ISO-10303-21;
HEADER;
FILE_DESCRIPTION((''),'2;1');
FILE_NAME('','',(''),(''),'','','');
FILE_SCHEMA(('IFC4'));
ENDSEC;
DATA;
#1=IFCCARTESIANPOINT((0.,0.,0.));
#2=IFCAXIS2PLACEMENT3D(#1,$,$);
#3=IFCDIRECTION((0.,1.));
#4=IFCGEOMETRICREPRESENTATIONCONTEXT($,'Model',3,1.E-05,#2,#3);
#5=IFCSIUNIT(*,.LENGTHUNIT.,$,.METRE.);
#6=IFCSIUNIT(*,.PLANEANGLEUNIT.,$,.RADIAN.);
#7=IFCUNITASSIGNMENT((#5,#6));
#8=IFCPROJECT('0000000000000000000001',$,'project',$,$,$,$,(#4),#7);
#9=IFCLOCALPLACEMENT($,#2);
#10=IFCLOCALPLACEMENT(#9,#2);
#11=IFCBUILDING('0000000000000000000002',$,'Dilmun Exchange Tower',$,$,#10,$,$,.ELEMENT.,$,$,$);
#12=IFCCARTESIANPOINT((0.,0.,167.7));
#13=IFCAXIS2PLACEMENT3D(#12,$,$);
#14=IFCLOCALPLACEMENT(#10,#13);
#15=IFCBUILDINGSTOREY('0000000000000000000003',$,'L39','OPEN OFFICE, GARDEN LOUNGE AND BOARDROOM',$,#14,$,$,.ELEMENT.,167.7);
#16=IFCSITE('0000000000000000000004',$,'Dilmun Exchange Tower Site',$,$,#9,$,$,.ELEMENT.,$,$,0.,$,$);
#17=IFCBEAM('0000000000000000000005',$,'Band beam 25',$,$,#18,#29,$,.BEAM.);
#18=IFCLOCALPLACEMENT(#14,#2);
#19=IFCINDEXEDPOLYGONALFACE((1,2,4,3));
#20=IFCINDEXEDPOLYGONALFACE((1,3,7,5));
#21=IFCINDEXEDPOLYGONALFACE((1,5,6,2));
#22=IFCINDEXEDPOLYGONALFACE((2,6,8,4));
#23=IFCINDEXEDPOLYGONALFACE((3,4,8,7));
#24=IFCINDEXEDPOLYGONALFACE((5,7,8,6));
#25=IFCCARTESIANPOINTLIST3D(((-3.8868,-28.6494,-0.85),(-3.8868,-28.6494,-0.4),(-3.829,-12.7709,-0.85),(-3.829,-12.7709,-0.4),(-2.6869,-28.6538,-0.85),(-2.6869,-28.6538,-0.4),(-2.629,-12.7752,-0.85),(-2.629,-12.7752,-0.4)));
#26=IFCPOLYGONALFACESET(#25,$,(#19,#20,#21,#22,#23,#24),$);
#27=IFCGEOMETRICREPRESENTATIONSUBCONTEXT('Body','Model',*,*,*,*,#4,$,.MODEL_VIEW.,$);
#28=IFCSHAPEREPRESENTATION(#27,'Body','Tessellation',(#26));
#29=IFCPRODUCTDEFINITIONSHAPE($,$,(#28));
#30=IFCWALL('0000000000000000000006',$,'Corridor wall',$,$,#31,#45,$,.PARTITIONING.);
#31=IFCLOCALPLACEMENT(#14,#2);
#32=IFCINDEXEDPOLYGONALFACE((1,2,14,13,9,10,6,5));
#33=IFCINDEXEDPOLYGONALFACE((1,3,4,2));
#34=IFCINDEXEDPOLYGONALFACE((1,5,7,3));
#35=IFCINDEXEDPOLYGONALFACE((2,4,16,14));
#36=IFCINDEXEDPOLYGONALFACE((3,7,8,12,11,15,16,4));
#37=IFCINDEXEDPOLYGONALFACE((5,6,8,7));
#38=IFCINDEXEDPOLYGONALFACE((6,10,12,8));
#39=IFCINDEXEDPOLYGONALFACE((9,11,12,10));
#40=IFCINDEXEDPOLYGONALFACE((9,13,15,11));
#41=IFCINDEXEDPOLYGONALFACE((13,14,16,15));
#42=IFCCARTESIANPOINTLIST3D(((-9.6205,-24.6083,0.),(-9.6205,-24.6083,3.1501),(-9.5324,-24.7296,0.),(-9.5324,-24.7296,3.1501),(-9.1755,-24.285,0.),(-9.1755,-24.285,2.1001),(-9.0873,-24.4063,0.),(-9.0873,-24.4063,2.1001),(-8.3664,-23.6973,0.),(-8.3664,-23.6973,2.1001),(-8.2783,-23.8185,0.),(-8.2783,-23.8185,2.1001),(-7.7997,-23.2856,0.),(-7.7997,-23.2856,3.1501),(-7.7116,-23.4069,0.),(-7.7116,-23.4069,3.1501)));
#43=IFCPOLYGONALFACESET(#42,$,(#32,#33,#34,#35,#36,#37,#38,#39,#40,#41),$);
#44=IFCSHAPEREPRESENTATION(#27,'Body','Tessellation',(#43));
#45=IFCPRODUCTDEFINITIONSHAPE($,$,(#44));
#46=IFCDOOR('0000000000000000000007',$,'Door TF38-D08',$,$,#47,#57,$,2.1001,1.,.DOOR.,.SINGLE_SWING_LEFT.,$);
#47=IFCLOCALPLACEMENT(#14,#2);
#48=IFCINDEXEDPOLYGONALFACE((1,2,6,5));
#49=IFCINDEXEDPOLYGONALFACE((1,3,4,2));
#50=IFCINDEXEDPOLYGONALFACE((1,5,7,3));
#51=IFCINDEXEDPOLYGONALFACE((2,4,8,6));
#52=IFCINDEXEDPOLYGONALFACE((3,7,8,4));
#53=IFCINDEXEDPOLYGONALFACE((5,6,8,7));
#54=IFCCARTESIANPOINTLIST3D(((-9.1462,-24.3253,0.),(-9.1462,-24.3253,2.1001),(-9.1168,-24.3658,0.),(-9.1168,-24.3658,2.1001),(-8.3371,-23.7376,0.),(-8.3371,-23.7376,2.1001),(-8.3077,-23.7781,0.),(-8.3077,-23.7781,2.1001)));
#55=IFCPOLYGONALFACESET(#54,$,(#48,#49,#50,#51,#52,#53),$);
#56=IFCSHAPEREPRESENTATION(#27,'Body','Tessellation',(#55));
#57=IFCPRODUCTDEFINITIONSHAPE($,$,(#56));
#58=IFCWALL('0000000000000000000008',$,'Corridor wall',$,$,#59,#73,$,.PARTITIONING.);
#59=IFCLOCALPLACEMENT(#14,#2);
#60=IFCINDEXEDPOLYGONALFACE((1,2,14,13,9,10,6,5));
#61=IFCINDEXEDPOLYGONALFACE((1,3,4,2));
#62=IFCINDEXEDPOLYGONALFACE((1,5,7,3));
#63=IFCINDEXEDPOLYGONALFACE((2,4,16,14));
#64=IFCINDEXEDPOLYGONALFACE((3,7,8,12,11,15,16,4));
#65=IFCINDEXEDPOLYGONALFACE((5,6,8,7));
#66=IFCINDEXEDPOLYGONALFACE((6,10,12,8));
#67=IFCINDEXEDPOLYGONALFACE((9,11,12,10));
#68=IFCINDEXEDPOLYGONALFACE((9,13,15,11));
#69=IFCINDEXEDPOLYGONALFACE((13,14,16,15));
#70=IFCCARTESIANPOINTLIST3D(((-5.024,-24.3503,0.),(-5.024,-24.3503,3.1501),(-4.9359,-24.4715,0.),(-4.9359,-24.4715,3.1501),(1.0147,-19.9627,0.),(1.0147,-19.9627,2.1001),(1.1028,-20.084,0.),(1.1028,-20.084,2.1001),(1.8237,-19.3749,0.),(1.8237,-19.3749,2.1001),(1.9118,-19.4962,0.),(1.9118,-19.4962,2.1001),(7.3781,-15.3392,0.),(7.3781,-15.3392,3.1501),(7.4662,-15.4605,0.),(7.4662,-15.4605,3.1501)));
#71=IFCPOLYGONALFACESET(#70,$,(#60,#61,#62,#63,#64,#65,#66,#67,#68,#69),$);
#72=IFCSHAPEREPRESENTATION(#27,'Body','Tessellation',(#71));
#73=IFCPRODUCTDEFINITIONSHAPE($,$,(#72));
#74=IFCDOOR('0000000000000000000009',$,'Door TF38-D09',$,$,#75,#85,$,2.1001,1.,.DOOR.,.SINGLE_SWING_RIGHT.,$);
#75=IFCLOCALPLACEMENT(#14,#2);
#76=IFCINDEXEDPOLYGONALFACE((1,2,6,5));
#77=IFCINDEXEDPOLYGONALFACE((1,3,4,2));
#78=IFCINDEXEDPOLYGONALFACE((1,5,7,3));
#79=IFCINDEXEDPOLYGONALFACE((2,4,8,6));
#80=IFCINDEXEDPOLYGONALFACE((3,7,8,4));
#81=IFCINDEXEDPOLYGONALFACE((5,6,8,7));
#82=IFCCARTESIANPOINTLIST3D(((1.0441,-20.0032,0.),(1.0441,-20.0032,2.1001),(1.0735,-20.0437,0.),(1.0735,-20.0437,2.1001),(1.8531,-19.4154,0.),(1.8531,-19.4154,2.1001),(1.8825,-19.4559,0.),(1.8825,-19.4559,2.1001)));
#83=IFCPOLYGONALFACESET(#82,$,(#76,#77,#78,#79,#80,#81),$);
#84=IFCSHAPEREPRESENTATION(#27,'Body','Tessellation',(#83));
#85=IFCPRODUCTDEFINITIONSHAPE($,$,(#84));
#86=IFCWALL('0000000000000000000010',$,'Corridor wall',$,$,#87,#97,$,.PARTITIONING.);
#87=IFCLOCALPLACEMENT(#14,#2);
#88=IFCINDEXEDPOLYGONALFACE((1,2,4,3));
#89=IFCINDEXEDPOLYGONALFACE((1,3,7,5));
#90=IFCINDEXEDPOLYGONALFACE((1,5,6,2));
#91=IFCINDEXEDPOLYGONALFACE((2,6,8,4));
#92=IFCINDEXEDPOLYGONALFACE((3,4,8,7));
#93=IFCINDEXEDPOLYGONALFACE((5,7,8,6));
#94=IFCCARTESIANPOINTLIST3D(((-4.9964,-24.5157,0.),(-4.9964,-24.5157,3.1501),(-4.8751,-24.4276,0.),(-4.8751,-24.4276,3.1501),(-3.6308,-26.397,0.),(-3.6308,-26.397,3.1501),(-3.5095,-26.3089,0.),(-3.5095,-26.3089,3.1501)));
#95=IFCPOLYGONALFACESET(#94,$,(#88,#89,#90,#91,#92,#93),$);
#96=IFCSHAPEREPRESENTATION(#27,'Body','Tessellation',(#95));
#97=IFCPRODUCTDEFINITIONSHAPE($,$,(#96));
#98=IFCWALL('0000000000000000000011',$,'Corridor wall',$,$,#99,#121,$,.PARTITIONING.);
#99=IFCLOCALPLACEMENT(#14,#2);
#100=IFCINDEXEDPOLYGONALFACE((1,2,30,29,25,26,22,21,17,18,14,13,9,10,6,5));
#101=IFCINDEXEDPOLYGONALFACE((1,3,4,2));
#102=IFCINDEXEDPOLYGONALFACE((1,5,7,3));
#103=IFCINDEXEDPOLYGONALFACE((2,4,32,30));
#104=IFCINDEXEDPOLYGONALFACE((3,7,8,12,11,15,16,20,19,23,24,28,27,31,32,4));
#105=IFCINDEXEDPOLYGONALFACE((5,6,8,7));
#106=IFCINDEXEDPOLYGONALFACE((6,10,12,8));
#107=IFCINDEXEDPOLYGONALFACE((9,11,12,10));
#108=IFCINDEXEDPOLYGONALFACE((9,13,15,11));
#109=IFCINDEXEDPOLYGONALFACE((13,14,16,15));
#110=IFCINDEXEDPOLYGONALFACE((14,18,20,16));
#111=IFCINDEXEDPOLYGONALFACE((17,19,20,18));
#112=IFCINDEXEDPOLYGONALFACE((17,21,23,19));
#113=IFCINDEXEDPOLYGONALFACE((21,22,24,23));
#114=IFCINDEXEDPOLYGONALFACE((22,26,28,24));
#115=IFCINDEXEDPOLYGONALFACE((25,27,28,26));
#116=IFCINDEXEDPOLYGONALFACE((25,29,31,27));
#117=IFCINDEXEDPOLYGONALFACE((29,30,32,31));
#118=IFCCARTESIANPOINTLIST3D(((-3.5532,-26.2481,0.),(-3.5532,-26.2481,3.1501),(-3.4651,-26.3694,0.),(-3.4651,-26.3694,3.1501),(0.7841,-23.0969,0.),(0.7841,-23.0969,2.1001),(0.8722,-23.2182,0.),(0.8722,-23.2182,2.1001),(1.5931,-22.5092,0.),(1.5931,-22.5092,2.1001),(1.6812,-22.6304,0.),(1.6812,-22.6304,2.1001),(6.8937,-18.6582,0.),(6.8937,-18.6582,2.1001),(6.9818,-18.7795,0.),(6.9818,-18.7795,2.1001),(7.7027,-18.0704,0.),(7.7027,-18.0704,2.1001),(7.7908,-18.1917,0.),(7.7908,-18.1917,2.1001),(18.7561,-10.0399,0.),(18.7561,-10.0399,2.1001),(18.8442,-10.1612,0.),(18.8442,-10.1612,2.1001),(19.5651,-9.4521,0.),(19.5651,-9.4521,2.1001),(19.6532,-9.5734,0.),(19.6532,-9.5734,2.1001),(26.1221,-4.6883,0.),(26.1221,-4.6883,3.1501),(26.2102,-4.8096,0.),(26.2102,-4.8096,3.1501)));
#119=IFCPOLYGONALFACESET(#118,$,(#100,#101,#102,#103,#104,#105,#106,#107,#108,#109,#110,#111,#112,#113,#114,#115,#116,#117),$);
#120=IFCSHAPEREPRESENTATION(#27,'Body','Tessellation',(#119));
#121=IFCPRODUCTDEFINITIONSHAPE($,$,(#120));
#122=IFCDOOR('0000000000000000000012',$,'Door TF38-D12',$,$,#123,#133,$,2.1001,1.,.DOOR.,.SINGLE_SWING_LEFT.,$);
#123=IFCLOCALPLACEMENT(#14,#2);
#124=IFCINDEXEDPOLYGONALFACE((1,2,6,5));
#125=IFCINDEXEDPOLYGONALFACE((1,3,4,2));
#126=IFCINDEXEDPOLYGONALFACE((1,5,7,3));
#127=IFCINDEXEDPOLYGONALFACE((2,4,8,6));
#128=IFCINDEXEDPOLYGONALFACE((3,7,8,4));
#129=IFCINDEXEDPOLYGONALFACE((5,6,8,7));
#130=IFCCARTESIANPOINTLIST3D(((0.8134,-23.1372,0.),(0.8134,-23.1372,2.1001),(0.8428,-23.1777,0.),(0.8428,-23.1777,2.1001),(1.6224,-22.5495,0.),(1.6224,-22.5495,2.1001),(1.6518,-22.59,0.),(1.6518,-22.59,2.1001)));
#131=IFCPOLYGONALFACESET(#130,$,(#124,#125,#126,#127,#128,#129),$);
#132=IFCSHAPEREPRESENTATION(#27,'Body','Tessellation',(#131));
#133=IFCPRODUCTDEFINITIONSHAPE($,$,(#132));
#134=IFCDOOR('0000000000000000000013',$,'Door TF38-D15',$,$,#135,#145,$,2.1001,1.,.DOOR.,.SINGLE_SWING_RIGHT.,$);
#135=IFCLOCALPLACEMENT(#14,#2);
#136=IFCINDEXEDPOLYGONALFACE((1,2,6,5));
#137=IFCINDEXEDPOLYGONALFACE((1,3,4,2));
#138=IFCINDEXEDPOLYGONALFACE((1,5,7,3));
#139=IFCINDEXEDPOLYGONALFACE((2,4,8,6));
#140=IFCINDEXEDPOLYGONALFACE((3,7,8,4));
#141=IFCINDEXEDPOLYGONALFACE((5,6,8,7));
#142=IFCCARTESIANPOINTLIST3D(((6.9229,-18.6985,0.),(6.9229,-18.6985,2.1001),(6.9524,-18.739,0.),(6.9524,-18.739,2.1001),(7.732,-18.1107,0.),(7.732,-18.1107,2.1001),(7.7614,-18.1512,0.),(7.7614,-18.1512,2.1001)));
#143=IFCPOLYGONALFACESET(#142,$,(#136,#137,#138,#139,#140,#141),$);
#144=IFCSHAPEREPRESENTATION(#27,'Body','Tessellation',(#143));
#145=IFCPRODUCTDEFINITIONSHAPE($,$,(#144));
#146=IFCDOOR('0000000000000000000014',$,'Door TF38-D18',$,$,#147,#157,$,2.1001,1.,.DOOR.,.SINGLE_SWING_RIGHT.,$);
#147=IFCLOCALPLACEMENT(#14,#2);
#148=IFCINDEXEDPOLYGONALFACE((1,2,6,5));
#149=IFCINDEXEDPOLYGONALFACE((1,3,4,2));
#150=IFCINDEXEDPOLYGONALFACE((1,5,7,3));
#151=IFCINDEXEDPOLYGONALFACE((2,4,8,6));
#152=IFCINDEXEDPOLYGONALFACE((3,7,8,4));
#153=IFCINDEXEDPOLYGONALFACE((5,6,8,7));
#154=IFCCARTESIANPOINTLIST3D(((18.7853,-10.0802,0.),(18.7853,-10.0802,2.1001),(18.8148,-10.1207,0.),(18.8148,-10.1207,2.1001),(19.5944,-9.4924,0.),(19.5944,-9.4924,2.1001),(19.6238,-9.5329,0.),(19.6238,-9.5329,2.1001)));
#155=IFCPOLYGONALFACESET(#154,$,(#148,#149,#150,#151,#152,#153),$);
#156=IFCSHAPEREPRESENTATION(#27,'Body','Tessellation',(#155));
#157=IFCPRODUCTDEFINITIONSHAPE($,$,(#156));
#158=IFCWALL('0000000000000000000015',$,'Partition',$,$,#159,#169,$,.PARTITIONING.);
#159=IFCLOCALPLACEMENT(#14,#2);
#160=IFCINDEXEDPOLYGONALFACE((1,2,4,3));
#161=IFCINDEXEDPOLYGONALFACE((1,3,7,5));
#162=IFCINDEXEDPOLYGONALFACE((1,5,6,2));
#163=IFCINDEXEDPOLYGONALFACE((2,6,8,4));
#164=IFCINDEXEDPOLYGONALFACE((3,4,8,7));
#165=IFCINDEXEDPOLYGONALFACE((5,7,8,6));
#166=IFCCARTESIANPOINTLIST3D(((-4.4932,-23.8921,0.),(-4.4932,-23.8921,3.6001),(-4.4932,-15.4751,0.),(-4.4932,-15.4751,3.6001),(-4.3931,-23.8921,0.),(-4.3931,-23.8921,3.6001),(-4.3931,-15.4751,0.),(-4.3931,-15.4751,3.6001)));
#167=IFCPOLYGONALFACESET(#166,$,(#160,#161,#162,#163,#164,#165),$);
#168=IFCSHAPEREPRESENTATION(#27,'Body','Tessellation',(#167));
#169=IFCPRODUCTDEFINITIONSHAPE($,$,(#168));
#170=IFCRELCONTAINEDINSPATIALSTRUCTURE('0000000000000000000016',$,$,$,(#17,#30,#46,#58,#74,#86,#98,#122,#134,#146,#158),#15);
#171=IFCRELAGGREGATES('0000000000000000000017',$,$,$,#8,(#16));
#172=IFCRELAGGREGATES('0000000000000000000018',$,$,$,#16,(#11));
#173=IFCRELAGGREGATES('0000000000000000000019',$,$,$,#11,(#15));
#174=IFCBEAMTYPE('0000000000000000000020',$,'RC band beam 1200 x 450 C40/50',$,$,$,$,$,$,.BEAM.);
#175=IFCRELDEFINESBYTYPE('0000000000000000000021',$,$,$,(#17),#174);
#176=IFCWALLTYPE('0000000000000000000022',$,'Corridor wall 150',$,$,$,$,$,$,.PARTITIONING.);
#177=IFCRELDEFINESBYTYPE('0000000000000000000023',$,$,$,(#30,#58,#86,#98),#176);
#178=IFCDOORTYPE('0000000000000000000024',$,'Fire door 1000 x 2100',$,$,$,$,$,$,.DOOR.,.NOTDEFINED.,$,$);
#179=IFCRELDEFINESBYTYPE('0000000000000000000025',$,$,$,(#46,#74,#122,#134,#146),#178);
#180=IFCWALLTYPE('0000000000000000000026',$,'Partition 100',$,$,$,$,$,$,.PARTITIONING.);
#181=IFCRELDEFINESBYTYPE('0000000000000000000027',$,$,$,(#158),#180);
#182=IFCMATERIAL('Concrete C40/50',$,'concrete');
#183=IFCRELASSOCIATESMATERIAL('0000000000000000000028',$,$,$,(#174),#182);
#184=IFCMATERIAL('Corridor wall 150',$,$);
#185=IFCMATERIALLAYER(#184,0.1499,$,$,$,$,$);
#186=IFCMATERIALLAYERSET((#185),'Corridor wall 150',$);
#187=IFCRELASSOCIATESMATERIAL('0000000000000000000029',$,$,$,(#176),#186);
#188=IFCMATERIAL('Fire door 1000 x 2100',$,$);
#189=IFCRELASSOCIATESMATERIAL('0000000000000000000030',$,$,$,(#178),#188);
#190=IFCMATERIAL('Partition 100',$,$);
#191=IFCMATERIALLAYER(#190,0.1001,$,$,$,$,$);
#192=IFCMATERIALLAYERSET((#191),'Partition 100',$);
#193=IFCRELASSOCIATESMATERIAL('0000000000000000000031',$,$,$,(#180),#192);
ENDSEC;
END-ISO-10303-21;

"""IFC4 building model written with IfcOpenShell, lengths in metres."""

from ifc_helpers import new_model, si_unit, direction, frame, frame_2d, origin, origin_2d, place, context, subcontext, project, spatial, rectangle, extrude, material, layer, layer_set, material_profile, profile_set, type_object, element, fill, save


model = new_model("IFC4")

# Units and contexts
model_context = context("Model", 3, precision=1e-05, world=origin(), true_north=direction((0.0, 1.0)))
body_context = subcontext(model_context, "Body", "Model", "MODEL_VIEW")
ifc_project = project(units=[si_unit("LENGTHUNIT", "METRE"), si_unit("PLANEANGLEUNIT", "RADIAN")], contexts=[model_context])

# Site, building, storey
site_placement = place(None, origin())
site = spatial("IfcSite", under=ifc_project, at=site_placement, Name="Dilmun Exchange Tower Site", CompositionType="ELEMENT", RefElevation=0.0)
building_placement = place(site_placement, origin())
building = spatial("IfcBuilding", under=site, at=building_placement, Name="Dilmun Exchange Tower", CompositionType="ELEMENT")
storey_placement = place(building_placement, frame((0.0, 0.0, 167.7)))
storey = spatial("IfcBuildingStorey", under=building, at=storey_placement, Name="L39", Description="OPEN OFFICE, GARDEN LOUNGE AND BOARDROOM", CompositionType="ELEMENT", Elevation=167.7)

# Beam
ifc_material_1 = material(Name="Concrete C40/50", Category="concrete")
ifc_material_profile = material_profile(ifc_material_1, rectangle(XDim=1.2, YDim=0.45, at=origin_2d()), Name="1200 x 450")
ifc_profile_set = profile_set([ifc_material_profile], Name="Concrete C40/50")
beam_type = type_object("IfcBeamType", Name="RC band beam 1200 x 450 C40/50", PredefinedType="BEAM", material=ifc_profile_set)
beam_placement = place(storey_placement, frame((-3.2869, -28.6516, -0.625), z_axis=(0.003644, 0.999993, 0.0), x_axis=(-0.999993, 0.003644, 0.0)))
element("IfcBeam", 1, at=beam_placement, inside=storey, type_object=beam_type, Name="Band beam 25", PredefinedType="BEAM", context=body_context, shape_type="SweptSolid", body=[
    extrude(rectangle(XDim=1.2, YDim=0.45, at=origin_2d()), origin(), (0.0, 0.0, 1.0), 15.8787),
])

# Walls, openings, doors
ifc_material_2 = material(Name="Corridor wall 150")
ifc_layer_1 = layer(ifc_material_2, 0.1499)
ifc_layer_set_1 = layer_set([ifc_layer_1], Name="Corridor wall 150")
wall_type_1 = type_object("IfcWallType", Name="Corridor wall 150", PredefinedType="PARTITIONING", material=ifc_layer_set_1)
wall_1_placement = place(storey_placement, frame((-9.5764, -24.6689, 0.0), z_axis=(0.0, 0.0, 1.0), x_axis=(0.809046, 0.587746, 0.0)))
wall_1 = element("IfcWall", 2, at=wall_1_placement, inside=storey, type_object=wall_type_1, Name="Corridor wall", PredefinedType="PARTITIONING", context=body_context, shape_type="SweptSolid", body=[
    extrude(rectangle(XDim=2.2505, YDim=0.1499, at=frame_2d((1.1252, 0.0))), origin(), (0.0, 0.0, 1.0), 3.1501),
])
opening_1_placement = place(wall_1_placement, frame((0.55, 0.0, 0.0)))
opening_1 = element("IfcOpeningElement", 3, at=opening_1_placement, cuts=wall_1, PredefinedType="OPENING", context=body_context, shape_type="SweptSolid", body=[
    extrude(rectangle(XDim=1.0, YDim=2.1001, at=frame_2d((0.5, 1.05))), frame((0.0, 0.085, 0.0), z_axis=(0.0, -1.0, 0.0), x_axis=(1.0, 0.0, 0.0)), (0.0, 0.0, 1.0), 0.1699),
])
ifc_material_3 = material(Name="Fire door 1000 x 2100")
door_type = type_object("IfcDoorType", Name="Fire door 1000 x 2100", OperationType="NOTDEFINED", PredefinedType="DOOR", material=ifc_material_3)
door_1_placement = place(opening_1_placement, frame((1.0, 0.0, 0.0), z_axis=(0.0, 0.0, 1.0), x_axis=(-1.0, 0.0, 0.0)))
door_1 = element("IfcDoor", 4, at=door_1_placement, inside=storey, type_object=door_type, Name="Door TF38-D08", OperationType="SINGLE_SWING_LEFT", OverallHeight=2.1001, OverallWidth=1.0, PredefinedType="DOOR", context=body_context, shape_type="SweptSolid", body=[
    extrude(rectangle(XDim=1.0, YDim=2.1001, at=frame_2d((0.5, 1.05))), frame((0.0, 0.0249, 0.0), z_axis=(0.0, -1.0, 0.0), x_axis=(1.0, 0.0, 0.0)), (0.0, 0.0, 1.0), 0.05),
])
fill(opening_1, door_1)
wall_2_placement = place(storey_placement, frame((-4.98, -24.4109, 0.0), z_axis=(0.0, 0.0, 1.0), x_axis=(0.809007, 0.587799, 0.0)))
wall_2 = element("IfcWall", 5, at=wall_2_placement, inside=storey, type_object=wall_type_1, Name="Corridor wall", PredefinedType="PARTITIONING", context=body_context, shape_type="SweptSolid", body=[
    extrude(rectangle(XDim=15.3301, YDim=0.1499, at=frame_2d((7.665, 0.0))), origin(), (0.0, 0.0, 1.0), 3.1501),
])
opening_2_placement = place(wall_2_placement, frame((7.4644, 0.0, 0.0)))
opening_2 = element("IfcOpeningElement", 6, at=opening_2_placement, cuts=wall_2, PredefinedType="OPENING", context=body_context, shape_type="SweptSolid", body=[
    extrude(rectangle(XDim=1.0, YDim=2.1001, at=frame_2d((0.5, 1.05))), frame((0.0, 0.085, 0.0), z_axis=(0.0, -1.0, 0.0), x_axis=(1.0, 0.0, 0.0)), (0.0, 0.0, 1.0), 0.1699),
])
door_2_placement = place(opening_2_placement, origin())
door_2 = element("IfcDoor", 7, at=door_2_placement, inside=storey, type_object=door_type, Name="Door TF38-D09", OperationType="SINGLE_SWING_RIGHT", OverallHeight=2.1001, OverallWidth=1.0, PredefinedType="DOOR", context=body_context, shape_type="SweptSolid", body=[
    extrude(rectangle(XDim=1.0, YDim=2.1001, at=frame_2d((0.5, 1.05))), frame((0.0, 0.0249, 0.0), z_axis=(0.0, -1.0, 0.0), x_axis=(1.0, 0.0, 0.0)), (0.0, 0.0, 1.0), 0.05),
])
fill(opening_2, door_2)

# Wall
wall_3_placement = place(storey_placement, frame((-4.9358, -24.4717, 0.0), z_axis=(0.0, 0.0, 1.0), x_axis=(0.58746, -0.809253, 0.0)))
element("IfcWall", 8, at=wall_3_placement, inside=storey, type_object=wall_type_1, Name="Corridor wall", PredefinedType="PARTITIONING", context=body_context, shape_type="SweptSolid", body=[
    extrude(rectangle(XDim=2.3247, YDim=0.1499, at=frame_2d((1.1624, 0.0))), origin(), (0.0, 0.0, 1.0), 3.1501),
])

# Wall, openings, doors
wall_4_placement = place(storey_placement, frame((-3.5093, -26.3088, 0.0), z_axis=(0.0, 0.0, 1.0), x_axis=(0.809024, 0.587775, 0.0)))
wall_4 = element("IfcWall", 9, at=wall_4_placement, inside=storey, type_object=wall_type_1, Name="Corridor wall", PredefinedType="PARTITIONING", context=body_context, shape_type="SweptSolid", body=[
    extrude(rectangle(XDim=36.6804, YDim=0.1499, at=frame_2d((18.3403, 0.0))), origin(), (0.0, 0.0, 1.0), 3.1501),
])
opening_3_placement = place(wall_4_placement, frame((5.3613, 0.0, 0.0)))
opening_3 = element("IfcOpeningElement", 10, at=opening_3_placement, cuts=wall_4, PredefinedType="OPENING", context=body_context, shape_type="SweptSolid", body=[
    extrude(rectangle(XDim=1.0, YDim=2.1001, at=frame_2d((0.5, 1.05))), frame((0.0, 0.085, 0.0), z_axis=(0.0, -1.0, 0.0), x_axis=(1.0, 0.0, 0.0)), (0.0, 0.0, 1.0), 0.1699),
])
opening_4_placement = place(wall_4_placement, frame((12.9131, 0.0, 0.0)))
opening_4 = element("IfcOpeningElement", 11, at=opening_4_placement, cuts=wall_4, PredefinedType="OPENING", context=body_context, shape_type="SweptSolid", body=[
    extrude(rectangle(XDim=1.0, YDim=2.1001, at=frame_2d((0.5, 1.05))), frame((0.0, 0.085, 0.0), z_axis=(0.0, -1.0, 0.0), x_axis=(1.0, 0.0, 0.0)), (0.0, 0.0, 1.0), 0.1699),
])
opening_5_placement = place(wall_4_placement, frame((27.5757, 0.0, 0.0)))
opening_5 = element("IfcOpeningElement", 12, at=opening_5_placement, cuts=wall_4, PredefinedType="OPENING", context=body_context, shape_type="SweptSolid", body=[
    extrude(rectangle(XDim=1.0, YDim=2.1001, at=frame_2d((0.5, 1.05))), frame((0.0, 0.085, 0.0), z_axis=(0.0, -1.0, 0.0), x_axis=(1.0, 0.0, 0.0)), (0.0, 0.0, 1.0), 0.1699),
])
door_3_placement = place(opening_3_placement, frame((1.0, 0.0, 0.0), z_axis=(0.0, 0.0, 1.0), x_axis=(-1.0, 0.0, 0.0)))
door_3 = element("IfcDoor", 13, at=door_3_placement, inside=storey, type_object=door_type, Name="Door TF38-D12", OperationType="SINGLE_SWING_LEFT", OverallHeight=2.1001, OverallWidth=1.0, PredefinedType="DOOR", context=body_context, shape_type="SweptSolid", body=[
    extrude(rectangle(XDim=1.0, YDim=2.1001, at=frame_2d((0.5, 1.05))), frame((0.0, 0.0249, 0.0), z_axis=(0.0, -1.0, 0.0), x_axis=(1.0, 0.0, 0.0)), (0.0, 0.0, 1.0), 0.05),
])
fill(opening_3, door_3)
door_4_placement = place(opening_4_placement, frame((1.0, 0.0, 0.0), z_axis=(0.0, 0.0, 1.0), x_axis=(-1.0, 0.0, 0.0)))
door_4 = element("IfcDoor", 14, at=door_4_placement, inside=storey, type_object=door_type, Name="Door TF38-D15", OperationType="SINGLE_SWING_RIGHT", OverallHeight=2.1001, OverallWidth=1.0, PredefinedType="DOOR", context=body_context, shape_type="SweptSolid", body=[
    extrude(rectangle(XDim=1.0, YDim=2.1001, at=frame_2d((0.5, 1.05))), frame((0.0, 0.0249, 0.0), z_axis=(0.0, -1.0, 0.0), x_axis=(1.0, 0.0, 0.0)), (0.0, 0.0, 1.0), 0.05),
])
fill(opening_4, door_4)
door_5_placement = place(opening_5_placement, frame((1.0, 0.0, 0.0), z_axis=(0.0, 0.0, 1.0), x_axis=(-1.0, 0.0, 0.0)))
door_5 = element("IfcDoor", 15, at=door_5_placement, inside=storey, type_object=door_type, Name="Door TF38-D18", OperationType="SINGLE_SWING_RIGHT", OverallHeight=2.1001, OverallWidth=1.0, PredefinedType="DOOR", context=body_context, shape_type="SweptSolid", body=[
    extrude(rectangle(XDim=1.0, YDim=2.1001, at=frame_2d((0.5, 1.05))), frame((0.0, 0.0249, 0.0), z_axis=(0.0, -1.0, 0.0), x_axis=(1.0, 0.0, 0.0)), (0.0, 0.0, 1.0), 0.05),
])
fill(opening_5, door_5)

# Wall
ifc_material_4 = material(Name="Partition 100")
ifc_layer_2 = layer(ifc_material_4, 0.1001)
ifc_layer_set_2 = layer_set([ifc_layer_2], Name="Partition 100")
wall_type_2 = type_object("IfcWallType", Name="Partition 100", PredefinedType="PARTITIONING", material=ifc_layer_set_2)
wall_5_placement = place(storey_placement, frame((-4.4431, -23.8921, 0.0), z_axis=(0.0, 0.0, 1.0), x_axis=(0.0, 1.0, 0.0)))
element("IfcWall", 16, at=wall_5_placement, inside=storey, type_object=wall_type_2, Name="Partition", PredefinedType="PARTITIONING", context=body_context, shape_type="SweptSolid", body=[
    extrude(rectangle(XDim=8.417, YDim=0.1001, at=frame_2d((4.2085, 0.0))), origin(), (0.0, 0.0, 1.0), 3.6001),
])

save(model, "model.ifc")
